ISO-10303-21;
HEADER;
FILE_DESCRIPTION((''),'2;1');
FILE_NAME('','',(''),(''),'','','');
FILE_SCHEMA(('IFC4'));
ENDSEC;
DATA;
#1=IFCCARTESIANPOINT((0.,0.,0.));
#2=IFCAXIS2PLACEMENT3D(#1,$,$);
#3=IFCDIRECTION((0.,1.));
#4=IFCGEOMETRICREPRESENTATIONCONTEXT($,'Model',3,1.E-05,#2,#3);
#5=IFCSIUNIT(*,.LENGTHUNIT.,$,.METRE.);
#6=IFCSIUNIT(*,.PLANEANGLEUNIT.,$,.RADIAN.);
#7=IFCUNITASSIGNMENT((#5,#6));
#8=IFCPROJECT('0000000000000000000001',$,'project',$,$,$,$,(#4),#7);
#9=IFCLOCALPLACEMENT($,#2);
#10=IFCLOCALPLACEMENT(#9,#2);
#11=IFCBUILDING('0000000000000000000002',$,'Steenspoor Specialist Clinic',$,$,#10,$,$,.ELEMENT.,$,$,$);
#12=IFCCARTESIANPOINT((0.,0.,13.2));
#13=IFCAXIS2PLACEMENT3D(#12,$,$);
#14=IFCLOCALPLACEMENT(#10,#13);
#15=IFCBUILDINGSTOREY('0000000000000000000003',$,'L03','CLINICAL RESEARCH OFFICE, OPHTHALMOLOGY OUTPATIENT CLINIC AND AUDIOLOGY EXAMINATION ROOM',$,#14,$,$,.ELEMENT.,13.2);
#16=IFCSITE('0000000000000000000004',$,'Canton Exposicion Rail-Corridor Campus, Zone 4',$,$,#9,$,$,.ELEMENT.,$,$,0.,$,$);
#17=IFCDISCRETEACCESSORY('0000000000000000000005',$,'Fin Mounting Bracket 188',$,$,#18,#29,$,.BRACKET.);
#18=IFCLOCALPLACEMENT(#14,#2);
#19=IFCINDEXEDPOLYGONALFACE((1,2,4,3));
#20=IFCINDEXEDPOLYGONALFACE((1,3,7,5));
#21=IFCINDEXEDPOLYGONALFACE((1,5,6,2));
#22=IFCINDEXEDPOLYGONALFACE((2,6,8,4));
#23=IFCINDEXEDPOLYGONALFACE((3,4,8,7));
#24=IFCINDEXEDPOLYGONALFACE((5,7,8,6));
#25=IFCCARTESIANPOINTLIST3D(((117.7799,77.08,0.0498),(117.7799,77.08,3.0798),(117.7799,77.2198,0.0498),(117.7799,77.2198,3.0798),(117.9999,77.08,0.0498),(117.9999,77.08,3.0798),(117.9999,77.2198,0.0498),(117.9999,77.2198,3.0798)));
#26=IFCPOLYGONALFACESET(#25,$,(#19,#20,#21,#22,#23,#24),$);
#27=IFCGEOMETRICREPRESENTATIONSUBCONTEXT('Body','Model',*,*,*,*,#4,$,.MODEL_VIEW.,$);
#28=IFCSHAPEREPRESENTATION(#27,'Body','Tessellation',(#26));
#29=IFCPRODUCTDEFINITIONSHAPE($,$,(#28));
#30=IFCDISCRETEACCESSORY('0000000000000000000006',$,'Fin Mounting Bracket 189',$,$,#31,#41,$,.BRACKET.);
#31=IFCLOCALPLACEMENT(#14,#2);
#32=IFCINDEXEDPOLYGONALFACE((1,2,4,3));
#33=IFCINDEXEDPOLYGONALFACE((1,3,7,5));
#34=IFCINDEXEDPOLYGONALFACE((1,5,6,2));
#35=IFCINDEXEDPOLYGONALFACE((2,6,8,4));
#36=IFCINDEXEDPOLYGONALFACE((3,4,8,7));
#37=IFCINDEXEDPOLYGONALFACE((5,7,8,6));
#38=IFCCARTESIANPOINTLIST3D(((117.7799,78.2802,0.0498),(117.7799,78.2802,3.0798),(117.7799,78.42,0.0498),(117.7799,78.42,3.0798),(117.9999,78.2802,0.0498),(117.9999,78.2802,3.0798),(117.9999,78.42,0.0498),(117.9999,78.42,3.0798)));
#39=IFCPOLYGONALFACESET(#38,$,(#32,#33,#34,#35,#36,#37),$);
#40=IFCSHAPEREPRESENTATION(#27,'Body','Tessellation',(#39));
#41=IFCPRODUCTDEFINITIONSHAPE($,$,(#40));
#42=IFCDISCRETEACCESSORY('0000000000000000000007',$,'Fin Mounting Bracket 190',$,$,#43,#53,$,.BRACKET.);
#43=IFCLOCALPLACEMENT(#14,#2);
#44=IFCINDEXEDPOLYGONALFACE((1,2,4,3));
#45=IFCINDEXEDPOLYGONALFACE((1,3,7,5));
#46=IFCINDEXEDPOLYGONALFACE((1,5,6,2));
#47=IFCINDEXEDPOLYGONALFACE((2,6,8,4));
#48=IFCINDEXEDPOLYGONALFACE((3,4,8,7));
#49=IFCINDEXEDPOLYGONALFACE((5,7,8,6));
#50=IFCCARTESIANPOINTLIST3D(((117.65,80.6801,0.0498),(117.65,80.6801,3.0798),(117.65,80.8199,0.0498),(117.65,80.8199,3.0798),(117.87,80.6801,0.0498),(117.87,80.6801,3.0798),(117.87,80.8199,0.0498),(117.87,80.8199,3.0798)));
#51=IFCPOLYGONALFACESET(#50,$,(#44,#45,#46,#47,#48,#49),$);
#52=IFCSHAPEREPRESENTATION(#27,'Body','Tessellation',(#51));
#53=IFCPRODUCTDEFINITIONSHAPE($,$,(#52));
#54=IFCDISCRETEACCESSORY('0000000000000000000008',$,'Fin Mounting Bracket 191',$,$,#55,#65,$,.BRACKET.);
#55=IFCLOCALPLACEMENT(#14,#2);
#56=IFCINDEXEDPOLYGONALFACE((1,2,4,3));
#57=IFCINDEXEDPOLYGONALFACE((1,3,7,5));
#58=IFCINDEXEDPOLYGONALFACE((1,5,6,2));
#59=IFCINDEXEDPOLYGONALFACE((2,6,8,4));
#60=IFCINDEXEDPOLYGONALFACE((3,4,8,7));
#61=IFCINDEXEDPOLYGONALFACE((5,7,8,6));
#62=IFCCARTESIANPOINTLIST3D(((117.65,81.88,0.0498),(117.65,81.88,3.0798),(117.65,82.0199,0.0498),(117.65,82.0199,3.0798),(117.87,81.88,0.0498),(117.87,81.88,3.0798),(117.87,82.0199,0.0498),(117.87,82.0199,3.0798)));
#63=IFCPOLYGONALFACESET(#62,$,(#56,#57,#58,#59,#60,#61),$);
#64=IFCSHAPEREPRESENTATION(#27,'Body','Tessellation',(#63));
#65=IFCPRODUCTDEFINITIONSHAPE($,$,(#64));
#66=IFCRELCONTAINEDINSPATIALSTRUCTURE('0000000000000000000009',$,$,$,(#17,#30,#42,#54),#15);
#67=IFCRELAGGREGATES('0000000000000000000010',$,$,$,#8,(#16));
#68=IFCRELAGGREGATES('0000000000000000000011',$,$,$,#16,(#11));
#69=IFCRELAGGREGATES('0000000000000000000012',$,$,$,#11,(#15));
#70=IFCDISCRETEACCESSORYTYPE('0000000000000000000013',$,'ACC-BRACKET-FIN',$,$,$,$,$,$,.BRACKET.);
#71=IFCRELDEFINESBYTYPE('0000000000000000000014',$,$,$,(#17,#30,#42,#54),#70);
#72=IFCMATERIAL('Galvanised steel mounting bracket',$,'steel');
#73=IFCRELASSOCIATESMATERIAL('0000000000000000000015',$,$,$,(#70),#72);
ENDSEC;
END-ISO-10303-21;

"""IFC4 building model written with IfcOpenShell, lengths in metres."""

from ifc_helpers import new_model, si_unit, direction, frame, origin, origin_2d, place, context, subcontext, project, spatial, rectangle, extrude, material, type_object, element, save


model = new_model("IFC4")

# Units and contexts
model_context = context("Model", 3, precision=1e-05, world=origin(), true_north=direction((0.0, 1.0)))
body_context = subcontext(model_context, "Body", "Model", "MODEL_VIEW")
ifc_project = project(units=[si_unit("LENGTHUNIT", "METRE"), si_unit("PLANEANGLEUNIT", "RADIAN")], contexts=[model_context])

# Site, building, storey
site_placement = place(None, origin())
site = spatial("IfcSite", under=ifc_project, at=site_placement, Name="Canton Exposicion Rail-Corridor Campus, Zone 4", CompositionType="ELEMENT", RefElevation=0.0)
building_placement = place(site_placement, origin())
building = spatial("IfcBuilding", under=site, at=building_placement, Name="Steenspoor Specialist Clinic", CompositionType="ELEMENT")
storey_placement = place(building_placement, frame((0.0, 0.0, 13.2)))
storey = spatial("IfcBuildingStorey", under=building, at=storey_placement, Name="L03", Description="CLINICAL RESEARCH OFFICE, OPHTHALMOLOGY OUTPATIENT CLINIC AND AUDIOLOGY EXAMINATION ROOM", CompositionType="ELEMENT", Elevation=13.2)

# Discrete accessories
ifc_material_1 = material(Name="Galvanised steel mounting bracket", Category="steel")
discrete_accessory_type = type_object("IfcDiscreteAccessoryType", Name="ACC-BRACKET-FIN", PredefinedType="BRACKET", material=ifc_material_1)
for number, where, z_axis, x_axis, name in (
    (1, (117.8899, 77.1499, 0.0498), (0.0, 0.0, 1.0), (-1.0, 0.0, 0.0), "Fin Mounting Bracket 188"),
    (2, (117.8899, 78.3501, 0.0498), (0.0, 0.0, 1.0), (-1.0, 0.0, 0.0), "Fin Mounting Bracket 189"),
    (3, (117.76, 80.75, 0.0498), (0.0, 0.0, 1.0), (-1.0, 0.0, 0.0), "Fin Mounting Bracket 190"),
    (4, (117.76, 81.95, 0.0498), (0.0, 0.0, 1.0), (-1.0, 0.0, 0.0), "Fin Mounting Bracket 191"),
):
    element("IfcDiscreteAccessory", number, at=place(storey_placement, frame(where, z_axis=z_axis, x_axis=x_axis)), inside=storey, type_object=discrete_accessory_type, Name=name, PredefinedType="BRACKET", context=body_context, shape_type="SweptSolid", body=[
        extrude(rectangle(XDim=0.22, YDim=0.1399, at=origin_2d()), origin(), (0.0, 0.0, 1.0), 3.03),
    ])

save(model, "model.ifc")
